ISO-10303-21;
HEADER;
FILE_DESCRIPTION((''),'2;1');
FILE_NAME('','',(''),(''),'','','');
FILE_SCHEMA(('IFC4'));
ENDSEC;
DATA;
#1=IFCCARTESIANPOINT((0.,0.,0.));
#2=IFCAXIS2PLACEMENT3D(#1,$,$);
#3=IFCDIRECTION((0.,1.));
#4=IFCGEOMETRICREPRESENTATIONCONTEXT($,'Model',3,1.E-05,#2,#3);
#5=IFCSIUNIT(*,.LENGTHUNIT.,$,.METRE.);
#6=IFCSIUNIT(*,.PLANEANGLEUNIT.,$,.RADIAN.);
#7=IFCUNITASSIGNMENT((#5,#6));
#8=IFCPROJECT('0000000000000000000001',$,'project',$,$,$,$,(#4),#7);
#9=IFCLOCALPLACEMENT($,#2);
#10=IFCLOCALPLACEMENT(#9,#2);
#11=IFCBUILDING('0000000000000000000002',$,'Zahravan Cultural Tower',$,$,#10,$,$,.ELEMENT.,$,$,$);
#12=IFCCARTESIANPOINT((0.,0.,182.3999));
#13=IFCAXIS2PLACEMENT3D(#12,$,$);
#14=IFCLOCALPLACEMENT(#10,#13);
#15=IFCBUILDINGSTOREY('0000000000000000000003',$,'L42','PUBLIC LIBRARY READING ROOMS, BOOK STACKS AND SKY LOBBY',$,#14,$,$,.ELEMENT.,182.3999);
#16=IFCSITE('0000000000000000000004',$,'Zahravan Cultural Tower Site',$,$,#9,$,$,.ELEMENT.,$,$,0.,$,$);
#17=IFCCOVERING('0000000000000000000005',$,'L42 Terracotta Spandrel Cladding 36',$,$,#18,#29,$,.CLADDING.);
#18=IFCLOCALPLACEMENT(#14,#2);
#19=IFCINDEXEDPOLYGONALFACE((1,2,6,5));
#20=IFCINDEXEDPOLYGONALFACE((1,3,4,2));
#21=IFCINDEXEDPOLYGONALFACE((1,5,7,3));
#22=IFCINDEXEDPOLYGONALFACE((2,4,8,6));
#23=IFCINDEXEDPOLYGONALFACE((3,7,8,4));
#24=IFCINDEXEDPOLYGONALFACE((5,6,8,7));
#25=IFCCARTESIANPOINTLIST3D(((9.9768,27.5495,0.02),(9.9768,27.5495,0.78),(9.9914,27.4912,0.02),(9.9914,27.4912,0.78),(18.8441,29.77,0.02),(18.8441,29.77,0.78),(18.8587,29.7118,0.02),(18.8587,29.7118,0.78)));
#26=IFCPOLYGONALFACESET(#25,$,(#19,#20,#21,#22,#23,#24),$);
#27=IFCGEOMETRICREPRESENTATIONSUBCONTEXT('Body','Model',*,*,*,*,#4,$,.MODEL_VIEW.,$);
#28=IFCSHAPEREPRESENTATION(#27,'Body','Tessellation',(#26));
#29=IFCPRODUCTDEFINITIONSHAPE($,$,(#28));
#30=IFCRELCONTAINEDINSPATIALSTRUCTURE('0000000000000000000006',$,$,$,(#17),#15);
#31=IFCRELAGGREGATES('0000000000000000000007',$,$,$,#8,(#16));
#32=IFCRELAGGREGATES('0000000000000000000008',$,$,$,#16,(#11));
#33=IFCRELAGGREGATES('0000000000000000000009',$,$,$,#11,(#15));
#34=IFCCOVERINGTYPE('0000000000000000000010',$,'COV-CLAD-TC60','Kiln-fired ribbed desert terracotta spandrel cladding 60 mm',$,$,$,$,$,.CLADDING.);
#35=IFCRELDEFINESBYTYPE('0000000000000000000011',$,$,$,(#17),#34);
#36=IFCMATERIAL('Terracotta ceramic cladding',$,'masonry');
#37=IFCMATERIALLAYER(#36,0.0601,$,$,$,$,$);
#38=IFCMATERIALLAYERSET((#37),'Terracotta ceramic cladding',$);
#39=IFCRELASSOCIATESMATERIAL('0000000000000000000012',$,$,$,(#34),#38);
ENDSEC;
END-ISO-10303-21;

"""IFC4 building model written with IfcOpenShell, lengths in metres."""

from ifc_helpers import new_model, si_unit, direction, frame, origin, origin_2d, place, context, subcontext, project, spatial, rectangle, extrude, source, transform, mapped, material, layer, layer_set, type_object, element, save


model = new_model("IFC4")

# Units and contexts
model_context = context("Model", 3, precision=1e-05, world=origin(), true_north=direction((0.0, 1.0)))
body_context = subcontext(model_context, "Body", "Model", "MODEL_VIEW")
ifc_project = project(units=[si_unit("LENGTHUNIT", "METRE"), si_unit("PLANEANGLEUNIT", "RADIAN")], contexts=[model_context])

# Site, building, storey
site_placement = place(None, origin())
site = spatial("IfcSite", under=ifc_project, at=site_placement, Name="Zahravan Cultural Tower Site", CompositionType="ELEMENT", RefElevation=0.0)
building_placement = place(site_placement, origin())
building = spatial("IfcBuilding", under=site, at=building_placement, Name="Zahravan Cultural Tower", CompositionType="ELEMENT")
storey_placement = place(building_placement, frame((0.0, 0.0, 182.3999)))
storey = spatial("IfcBuildingStorey", under=building, at=storey_placement, Name="L42", Description="PUBLIC LIBRARY READING ROOMS, BOOK STACKS AND SKY LOBBY", CompositionType="ELEMENT", Elevation=182.3999)

# Covering
ifc_material_1 = material(Name="Terracotta ceramic cladding", Category="masonry")
ifc_layer_1 = layer(ifc_material_1, 0.0601)
ifc_layer_set_1 = layer_set([ifc_layer_1], Name="Terracotta ceramic cladding")
covering_type = type_object("IfcCoveringType", Name="COV-CLAD-TC60", Description="Kiln-fired ribbed desert terracotta spandrel cladding 60 mm", PredefinedType="CLADDING", material=ifc_layer_set_1)
shared_shape_1 = source(origin(), body_context, "Body", "SweptSolid", [
    extrude(rectangle(XDim=9.1411, YDim=0.0601, at=origin_2d()), origin(), (0.0, 0.0, 1.0), 0.76),
])
covering_placement = place(storey_placement, frame((14.4177, 28.6306, 0.02), z_axis=(0.0, 0.0, 1.0), x_axis=(0.970046, 0.242921, 0.0)))
element("IfcCovering", 1, at=covering_placement, inside=storey, type_object=covering_type, Name="L42 Terracotta Spandrel Cladding 36", PredefinedType="CLADDING", context=body_context, shape_type="MappedRepresentation", body=[
    mapped(shared_shape_1, transform((0.0, 0.0, 0.0), x_axis=(1.0, 0.0, 0.0), y_axis=(0.0, 1.0, 0.0), z_axis=(0.0, 0.0, 1.0), scale=1.0)),
])

save(model, "model.ifc")
